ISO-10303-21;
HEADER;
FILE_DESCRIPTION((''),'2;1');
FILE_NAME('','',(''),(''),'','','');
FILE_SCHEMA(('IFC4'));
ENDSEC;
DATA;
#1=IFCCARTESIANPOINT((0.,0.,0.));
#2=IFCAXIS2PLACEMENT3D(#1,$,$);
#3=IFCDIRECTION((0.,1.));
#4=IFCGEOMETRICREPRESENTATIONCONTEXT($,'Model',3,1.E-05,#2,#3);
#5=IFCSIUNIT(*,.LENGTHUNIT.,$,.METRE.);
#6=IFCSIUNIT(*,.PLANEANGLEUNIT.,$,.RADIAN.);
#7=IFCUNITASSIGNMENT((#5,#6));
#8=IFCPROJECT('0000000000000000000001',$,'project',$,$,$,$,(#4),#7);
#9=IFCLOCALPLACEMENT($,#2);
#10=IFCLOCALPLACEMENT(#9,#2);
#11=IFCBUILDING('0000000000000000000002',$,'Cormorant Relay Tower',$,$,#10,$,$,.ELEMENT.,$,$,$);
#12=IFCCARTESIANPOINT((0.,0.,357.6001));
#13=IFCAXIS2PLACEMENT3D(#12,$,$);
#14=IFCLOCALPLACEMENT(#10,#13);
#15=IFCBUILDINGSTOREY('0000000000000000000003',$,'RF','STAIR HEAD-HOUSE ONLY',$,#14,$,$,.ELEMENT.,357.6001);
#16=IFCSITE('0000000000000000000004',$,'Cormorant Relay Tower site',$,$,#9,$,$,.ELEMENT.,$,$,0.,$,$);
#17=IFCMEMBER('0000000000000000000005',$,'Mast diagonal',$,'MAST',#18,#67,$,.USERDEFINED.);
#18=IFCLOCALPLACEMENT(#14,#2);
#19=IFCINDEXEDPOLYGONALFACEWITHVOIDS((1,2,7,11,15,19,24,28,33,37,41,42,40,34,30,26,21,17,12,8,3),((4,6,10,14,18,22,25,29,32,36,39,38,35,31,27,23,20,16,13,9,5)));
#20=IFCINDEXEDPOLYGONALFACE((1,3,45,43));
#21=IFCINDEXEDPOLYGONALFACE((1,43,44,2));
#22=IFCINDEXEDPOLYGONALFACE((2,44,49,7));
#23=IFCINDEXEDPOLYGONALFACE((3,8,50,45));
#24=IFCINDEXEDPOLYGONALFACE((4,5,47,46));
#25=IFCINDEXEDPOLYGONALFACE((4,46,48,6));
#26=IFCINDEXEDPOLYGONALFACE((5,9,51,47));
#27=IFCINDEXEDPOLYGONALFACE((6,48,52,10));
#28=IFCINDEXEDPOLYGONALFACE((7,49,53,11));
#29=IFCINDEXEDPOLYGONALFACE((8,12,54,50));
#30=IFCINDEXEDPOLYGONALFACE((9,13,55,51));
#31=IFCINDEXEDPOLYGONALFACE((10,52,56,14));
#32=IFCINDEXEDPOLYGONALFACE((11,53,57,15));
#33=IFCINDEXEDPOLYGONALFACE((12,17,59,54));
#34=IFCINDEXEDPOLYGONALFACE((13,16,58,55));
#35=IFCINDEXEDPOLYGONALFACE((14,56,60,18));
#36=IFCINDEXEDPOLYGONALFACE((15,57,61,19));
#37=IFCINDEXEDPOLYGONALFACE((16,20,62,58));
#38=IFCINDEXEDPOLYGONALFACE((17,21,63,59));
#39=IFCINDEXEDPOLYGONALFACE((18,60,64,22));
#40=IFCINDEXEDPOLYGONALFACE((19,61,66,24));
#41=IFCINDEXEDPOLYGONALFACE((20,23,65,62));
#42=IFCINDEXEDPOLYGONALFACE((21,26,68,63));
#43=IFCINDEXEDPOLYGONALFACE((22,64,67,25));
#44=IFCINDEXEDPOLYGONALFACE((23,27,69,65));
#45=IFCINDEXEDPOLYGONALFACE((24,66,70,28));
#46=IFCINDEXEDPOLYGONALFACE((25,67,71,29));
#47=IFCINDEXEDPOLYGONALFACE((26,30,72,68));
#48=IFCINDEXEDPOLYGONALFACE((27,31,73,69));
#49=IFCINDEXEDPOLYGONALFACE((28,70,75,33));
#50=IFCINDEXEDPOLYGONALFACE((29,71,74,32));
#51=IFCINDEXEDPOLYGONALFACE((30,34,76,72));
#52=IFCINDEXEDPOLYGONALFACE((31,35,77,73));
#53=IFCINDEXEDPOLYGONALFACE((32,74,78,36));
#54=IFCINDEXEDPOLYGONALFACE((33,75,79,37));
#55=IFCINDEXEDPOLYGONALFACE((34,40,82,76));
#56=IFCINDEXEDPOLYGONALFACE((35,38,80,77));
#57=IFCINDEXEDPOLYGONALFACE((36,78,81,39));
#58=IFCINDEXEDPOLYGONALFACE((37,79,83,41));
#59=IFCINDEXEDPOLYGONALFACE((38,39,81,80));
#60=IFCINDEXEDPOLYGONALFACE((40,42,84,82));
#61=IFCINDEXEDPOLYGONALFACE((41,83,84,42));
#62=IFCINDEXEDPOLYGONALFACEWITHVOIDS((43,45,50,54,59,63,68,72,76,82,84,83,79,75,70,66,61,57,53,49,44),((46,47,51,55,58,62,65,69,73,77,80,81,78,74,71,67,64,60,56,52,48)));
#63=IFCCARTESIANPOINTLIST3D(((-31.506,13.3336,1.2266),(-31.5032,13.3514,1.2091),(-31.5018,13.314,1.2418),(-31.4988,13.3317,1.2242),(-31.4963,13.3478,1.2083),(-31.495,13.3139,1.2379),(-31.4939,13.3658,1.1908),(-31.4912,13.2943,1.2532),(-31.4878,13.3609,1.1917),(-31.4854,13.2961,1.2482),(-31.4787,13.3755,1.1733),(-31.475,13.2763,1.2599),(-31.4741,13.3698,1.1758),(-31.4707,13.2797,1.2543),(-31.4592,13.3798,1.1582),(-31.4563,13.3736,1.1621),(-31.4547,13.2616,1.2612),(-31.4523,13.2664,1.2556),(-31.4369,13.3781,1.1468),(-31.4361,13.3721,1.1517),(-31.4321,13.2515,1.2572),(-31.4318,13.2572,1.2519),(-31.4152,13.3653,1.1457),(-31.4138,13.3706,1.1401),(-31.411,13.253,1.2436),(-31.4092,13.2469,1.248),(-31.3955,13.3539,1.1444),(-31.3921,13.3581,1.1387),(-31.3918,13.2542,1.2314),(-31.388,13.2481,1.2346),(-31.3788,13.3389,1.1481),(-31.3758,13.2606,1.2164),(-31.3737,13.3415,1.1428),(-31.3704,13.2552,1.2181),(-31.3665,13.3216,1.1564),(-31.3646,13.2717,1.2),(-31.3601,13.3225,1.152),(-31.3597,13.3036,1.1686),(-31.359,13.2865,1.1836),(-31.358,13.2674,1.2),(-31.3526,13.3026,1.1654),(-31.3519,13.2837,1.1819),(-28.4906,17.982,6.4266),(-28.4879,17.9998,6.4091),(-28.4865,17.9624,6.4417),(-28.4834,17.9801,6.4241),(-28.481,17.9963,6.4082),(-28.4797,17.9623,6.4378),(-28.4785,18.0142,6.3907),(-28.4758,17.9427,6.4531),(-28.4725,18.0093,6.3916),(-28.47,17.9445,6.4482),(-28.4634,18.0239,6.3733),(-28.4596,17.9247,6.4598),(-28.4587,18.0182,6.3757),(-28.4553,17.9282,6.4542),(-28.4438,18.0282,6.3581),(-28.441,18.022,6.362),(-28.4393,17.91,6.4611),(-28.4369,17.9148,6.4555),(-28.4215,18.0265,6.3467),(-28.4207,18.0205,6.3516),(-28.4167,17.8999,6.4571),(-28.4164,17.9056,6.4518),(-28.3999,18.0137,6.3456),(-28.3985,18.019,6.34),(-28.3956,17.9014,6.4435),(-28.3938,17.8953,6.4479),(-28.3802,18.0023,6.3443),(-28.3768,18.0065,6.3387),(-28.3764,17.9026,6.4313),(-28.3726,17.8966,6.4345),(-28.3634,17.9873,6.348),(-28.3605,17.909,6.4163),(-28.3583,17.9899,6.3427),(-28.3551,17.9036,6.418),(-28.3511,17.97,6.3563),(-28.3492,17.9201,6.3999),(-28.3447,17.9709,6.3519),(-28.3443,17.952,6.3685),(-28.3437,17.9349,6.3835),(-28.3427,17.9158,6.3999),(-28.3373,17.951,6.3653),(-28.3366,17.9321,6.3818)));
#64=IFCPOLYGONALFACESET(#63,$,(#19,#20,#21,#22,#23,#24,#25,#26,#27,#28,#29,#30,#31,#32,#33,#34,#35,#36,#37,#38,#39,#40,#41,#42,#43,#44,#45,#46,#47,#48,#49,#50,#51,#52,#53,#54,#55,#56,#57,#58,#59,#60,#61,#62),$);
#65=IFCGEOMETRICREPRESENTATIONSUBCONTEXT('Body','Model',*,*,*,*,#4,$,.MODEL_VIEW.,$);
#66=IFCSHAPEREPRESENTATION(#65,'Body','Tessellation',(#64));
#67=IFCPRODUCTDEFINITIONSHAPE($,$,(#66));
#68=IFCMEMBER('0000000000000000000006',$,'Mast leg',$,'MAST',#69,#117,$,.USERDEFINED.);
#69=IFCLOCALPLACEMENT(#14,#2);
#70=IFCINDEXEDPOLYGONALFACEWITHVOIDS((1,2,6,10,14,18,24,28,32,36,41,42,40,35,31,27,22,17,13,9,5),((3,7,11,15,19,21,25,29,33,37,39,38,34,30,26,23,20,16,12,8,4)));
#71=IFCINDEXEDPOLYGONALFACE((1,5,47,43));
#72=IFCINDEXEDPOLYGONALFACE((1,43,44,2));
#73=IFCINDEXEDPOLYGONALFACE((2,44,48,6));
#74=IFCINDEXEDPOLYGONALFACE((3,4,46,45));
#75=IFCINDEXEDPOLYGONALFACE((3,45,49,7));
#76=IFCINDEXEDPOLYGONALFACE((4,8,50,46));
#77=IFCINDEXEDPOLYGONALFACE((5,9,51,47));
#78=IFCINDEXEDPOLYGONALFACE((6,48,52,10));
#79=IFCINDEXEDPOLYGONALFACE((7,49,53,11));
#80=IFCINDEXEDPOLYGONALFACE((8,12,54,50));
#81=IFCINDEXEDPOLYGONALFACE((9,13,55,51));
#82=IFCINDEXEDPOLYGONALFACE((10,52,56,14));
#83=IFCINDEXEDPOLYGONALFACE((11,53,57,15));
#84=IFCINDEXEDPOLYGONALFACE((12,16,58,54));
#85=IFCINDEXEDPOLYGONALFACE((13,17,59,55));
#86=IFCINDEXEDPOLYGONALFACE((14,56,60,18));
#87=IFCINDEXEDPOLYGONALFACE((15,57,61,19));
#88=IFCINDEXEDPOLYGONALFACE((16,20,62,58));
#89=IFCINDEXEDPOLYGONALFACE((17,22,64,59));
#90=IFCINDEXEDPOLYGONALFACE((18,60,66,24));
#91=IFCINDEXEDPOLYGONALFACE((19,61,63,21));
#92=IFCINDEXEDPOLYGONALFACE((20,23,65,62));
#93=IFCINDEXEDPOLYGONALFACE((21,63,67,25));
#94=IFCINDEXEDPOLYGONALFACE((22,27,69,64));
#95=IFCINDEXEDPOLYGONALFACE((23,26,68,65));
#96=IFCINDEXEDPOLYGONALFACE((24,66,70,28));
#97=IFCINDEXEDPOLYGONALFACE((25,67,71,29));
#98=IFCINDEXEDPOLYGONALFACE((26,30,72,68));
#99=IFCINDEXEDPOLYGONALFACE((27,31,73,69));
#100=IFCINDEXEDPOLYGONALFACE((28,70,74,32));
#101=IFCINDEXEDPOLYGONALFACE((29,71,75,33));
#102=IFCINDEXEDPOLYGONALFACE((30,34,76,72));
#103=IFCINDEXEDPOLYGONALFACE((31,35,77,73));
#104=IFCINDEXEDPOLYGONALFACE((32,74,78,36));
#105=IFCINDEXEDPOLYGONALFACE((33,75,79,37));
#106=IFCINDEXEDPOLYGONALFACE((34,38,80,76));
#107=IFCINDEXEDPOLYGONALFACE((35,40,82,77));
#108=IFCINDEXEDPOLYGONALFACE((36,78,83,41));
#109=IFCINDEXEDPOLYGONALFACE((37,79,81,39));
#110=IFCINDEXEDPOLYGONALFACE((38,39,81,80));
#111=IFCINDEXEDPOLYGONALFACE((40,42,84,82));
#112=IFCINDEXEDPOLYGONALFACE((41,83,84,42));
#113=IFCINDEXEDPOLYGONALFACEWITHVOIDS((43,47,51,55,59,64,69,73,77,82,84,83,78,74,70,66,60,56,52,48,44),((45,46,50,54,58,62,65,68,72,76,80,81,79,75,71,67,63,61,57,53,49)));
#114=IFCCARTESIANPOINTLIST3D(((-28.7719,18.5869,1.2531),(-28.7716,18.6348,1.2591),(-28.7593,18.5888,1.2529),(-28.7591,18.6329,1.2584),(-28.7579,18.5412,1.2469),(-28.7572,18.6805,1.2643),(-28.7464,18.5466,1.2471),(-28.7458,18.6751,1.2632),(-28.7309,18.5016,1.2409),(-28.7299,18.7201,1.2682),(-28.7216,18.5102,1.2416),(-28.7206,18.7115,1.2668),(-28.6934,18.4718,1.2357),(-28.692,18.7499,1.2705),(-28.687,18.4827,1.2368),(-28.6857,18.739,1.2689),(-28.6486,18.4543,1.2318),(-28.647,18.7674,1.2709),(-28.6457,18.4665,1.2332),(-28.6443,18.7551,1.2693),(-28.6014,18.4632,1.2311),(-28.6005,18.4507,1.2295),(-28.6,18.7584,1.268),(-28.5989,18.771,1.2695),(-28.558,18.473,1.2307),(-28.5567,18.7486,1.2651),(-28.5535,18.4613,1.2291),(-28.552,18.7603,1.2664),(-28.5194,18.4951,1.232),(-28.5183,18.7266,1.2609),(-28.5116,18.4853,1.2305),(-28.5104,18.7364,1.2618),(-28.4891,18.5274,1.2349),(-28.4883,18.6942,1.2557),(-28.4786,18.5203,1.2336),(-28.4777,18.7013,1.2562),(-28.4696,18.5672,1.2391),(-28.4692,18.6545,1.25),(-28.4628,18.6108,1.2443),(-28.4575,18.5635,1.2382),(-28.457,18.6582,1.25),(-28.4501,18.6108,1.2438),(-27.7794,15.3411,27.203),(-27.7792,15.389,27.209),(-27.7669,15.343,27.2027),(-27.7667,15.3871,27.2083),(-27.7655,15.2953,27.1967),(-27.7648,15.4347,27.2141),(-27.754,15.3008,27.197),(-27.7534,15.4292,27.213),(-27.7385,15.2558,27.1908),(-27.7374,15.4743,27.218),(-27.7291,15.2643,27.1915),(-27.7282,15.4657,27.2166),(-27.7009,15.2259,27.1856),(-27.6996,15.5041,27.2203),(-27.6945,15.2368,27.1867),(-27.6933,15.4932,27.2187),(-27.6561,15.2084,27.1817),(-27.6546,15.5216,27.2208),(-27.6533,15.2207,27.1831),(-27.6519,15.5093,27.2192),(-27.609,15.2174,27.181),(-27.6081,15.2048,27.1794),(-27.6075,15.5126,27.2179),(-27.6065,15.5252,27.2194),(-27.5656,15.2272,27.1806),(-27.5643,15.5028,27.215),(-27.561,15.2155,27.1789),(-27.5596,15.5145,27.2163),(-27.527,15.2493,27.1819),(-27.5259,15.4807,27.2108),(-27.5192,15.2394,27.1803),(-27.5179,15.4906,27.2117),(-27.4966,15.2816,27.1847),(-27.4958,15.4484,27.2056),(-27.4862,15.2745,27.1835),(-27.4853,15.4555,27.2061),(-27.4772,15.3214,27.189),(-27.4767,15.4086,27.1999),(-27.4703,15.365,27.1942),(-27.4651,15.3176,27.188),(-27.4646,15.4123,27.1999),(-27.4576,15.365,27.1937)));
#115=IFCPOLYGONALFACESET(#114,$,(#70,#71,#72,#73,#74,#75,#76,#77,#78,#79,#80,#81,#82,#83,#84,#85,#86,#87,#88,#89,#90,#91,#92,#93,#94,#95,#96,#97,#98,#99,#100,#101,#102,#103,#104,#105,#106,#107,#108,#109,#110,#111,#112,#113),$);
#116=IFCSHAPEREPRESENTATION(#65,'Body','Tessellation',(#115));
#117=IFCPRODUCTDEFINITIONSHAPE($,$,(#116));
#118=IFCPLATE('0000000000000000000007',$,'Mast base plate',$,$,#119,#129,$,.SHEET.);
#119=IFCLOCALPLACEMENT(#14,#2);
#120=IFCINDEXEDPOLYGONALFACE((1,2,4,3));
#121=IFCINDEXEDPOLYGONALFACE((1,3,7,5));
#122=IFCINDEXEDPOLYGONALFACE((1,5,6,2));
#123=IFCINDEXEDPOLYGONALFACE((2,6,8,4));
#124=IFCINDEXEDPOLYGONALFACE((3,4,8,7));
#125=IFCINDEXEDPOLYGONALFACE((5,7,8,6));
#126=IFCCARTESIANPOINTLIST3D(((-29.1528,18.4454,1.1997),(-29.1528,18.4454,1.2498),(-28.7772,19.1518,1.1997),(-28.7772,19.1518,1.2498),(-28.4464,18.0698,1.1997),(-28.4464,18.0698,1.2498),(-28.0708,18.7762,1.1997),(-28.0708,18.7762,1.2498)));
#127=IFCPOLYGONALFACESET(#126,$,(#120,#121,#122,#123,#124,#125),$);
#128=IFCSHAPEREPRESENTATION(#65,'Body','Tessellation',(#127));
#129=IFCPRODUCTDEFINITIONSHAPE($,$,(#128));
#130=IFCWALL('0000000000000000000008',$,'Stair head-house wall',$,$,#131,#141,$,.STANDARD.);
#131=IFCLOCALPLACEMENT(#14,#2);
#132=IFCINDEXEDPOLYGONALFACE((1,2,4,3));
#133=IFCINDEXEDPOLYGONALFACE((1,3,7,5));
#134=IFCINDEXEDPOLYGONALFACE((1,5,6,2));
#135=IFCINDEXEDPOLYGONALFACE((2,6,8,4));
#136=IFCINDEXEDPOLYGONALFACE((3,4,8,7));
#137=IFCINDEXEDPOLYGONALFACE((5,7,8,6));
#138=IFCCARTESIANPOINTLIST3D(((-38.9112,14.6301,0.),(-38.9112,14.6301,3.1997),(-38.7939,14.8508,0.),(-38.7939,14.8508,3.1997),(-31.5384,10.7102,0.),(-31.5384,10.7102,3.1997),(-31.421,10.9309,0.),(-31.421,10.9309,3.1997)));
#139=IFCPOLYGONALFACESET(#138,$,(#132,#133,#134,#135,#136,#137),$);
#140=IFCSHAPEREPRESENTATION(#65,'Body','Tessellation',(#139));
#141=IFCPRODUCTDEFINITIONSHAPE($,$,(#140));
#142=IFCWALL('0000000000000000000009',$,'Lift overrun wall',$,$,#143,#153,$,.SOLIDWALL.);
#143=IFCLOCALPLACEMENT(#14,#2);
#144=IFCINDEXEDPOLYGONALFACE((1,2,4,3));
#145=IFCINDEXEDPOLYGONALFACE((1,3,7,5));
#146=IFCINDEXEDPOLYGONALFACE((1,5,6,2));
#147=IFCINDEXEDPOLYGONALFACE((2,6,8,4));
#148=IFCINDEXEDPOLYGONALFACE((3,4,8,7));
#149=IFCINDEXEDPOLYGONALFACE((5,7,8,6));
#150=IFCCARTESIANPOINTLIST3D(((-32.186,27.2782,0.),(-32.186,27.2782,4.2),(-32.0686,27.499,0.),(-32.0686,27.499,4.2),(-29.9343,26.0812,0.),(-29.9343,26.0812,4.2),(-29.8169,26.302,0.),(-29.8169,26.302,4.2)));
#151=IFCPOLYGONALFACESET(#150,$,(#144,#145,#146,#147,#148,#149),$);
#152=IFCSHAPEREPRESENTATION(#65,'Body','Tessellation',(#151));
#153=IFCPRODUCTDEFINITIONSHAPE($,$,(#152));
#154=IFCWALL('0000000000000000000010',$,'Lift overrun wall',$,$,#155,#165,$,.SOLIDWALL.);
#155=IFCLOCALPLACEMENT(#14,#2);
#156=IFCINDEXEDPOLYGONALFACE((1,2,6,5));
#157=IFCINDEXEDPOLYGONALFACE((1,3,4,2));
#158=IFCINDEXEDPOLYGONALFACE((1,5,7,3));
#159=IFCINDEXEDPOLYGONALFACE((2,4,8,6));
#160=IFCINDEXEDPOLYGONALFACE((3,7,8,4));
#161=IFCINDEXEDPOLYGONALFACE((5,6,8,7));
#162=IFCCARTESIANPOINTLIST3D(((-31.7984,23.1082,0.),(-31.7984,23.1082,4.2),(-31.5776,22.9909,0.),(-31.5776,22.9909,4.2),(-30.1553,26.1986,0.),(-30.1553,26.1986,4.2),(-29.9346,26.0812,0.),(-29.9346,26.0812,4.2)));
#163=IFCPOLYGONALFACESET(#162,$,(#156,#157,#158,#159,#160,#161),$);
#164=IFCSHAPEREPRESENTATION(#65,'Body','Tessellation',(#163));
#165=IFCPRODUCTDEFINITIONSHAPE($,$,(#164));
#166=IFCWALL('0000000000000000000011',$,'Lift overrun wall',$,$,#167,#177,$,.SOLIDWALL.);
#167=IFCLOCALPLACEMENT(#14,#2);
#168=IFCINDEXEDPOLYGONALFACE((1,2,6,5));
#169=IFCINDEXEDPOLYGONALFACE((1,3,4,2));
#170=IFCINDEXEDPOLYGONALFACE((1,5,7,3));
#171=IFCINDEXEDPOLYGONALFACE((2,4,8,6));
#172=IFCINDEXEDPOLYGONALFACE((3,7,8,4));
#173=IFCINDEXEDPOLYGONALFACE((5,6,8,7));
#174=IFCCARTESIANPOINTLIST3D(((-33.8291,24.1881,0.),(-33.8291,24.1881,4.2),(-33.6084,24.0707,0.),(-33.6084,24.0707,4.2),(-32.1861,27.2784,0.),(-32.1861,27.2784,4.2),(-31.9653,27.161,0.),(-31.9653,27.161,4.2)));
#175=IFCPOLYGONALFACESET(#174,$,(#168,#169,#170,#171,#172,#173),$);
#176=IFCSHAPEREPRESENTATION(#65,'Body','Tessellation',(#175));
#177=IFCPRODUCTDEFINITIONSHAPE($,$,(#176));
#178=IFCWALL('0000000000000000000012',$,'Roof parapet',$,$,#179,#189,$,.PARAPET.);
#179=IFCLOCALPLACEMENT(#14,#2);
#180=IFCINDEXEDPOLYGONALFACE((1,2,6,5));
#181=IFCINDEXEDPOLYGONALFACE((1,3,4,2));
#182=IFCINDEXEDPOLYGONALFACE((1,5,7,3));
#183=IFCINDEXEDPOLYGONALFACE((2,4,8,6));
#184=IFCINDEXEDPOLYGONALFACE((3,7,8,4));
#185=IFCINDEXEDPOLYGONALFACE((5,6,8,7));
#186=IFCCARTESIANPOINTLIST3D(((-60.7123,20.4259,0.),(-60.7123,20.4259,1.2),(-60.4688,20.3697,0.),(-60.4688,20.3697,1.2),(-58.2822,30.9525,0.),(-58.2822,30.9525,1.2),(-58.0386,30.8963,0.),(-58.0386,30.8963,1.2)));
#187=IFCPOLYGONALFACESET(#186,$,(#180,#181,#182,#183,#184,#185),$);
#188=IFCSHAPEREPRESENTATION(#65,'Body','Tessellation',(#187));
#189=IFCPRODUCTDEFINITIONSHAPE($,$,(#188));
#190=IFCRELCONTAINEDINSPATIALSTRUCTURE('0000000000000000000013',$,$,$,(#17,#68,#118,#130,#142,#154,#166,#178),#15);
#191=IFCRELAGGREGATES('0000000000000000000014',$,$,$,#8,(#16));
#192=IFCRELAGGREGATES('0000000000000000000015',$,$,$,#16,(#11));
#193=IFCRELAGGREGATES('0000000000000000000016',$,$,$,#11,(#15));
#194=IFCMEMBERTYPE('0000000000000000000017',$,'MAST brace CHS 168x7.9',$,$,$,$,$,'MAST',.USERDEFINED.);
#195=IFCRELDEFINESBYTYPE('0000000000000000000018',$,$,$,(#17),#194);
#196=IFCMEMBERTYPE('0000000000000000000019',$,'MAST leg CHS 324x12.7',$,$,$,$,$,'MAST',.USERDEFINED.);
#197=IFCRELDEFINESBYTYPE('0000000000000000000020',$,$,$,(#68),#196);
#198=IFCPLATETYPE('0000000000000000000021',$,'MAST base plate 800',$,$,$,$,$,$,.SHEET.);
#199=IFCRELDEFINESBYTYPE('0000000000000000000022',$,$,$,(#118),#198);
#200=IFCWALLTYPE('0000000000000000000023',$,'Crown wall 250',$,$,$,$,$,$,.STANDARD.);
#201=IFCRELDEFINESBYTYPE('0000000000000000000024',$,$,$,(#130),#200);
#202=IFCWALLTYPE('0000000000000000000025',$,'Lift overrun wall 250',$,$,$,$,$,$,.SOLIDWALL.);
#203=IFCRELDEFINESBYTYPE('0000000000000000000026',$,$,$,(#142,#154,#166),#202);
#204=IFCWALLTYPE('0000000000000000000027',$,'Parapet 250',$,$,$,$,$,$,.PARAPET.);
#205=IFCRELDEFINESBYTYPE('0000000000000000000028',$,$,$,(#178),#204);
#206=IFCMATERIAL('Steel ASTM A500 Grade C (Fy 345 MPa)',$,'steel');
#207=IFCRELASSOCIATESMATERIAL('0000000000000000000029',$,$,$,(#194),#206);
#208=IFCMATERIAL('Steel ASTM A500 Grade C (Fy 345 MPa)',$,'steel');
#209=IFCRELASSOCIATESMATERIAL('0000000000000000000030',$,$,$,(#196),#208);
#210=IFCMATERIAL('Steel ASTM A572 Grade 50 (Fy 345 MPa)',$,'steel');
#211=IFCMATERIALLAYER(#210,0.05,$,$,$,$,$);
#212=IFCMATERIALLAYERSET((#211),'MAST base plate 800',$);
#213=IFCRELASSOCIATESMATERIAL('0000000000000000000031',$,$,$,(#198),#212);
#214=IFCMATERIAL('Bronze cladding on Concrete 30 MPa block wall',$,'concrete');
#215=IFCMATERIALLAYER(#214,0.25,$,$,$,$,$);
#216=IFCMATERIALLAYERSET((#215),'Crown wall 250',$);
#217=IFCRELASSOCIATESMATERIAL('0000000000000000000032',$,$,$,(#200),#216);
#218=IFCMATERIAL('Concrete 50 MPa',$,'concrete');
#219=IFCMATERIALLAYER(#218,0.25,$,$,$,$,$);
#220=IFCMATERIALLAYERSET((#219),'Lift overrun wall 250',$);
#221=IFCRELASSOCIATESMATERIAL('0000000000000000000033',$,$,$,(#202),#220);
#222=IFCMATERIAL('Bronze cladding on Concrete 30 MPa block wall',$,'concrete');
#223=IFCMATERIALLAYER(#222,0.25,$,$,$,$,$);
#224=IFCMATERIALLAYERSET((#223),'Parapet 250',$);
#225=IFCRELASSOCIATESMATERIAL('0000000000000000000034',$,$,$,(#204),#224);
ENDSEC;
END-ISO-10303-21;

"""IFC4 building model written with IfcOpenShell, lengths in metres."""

from ifc_helpers import new_model, si_unit, direction, frame, frame_2d, origin, origin_2d, place, context, subcontext, project, spatial, rectangle, hollow_circle, extrude, material, layer, layer_set, material_profile, profile_set, type_object, element, save


model = new_model("IFC4")

# Units and contexts
model_context = context("Model", 3, precision=1e-05, world=origin(), true_north=direction((0.0, 1.0)))
body_context = subcontext(model_context, "Body", "Model", "MODEL_VIEW")
ifc_project = project(units=[si_unit("LENGTHUNIT", "METRE"), si_unit("PLANEANGLEUNIT", "RADIAN")], contexts=[model_context])

# Site, building, storey
site_placement = place(None, origin())
site = spatial("IfcSite", under=ifc_project, at=site_placement, Name="Cormorant Relay Tower site", CompositionType="ELEMENT", RefElevation=0.0)
building_placement = place(site_placement, origin())
building = spatial("IfcBuilding", under=site, at=building_placement, Name="Cormorant Relay Tower", CompositionType="ELEMENT")
storey_placement = place(building_placement, frame((0.0, 0.0, 357.6001)))
storey = spatial("IfcBuildingStorey", under=building, at=storey_placement, Name="RF", Description="STAIR HEAD-HOUSE ONLY", CompositionType="ELEMENT", Elevation=357.6001)

# Members
ifc_material_1 = material(Name="Steel ASTM A500 Grade C (Fy 345 MPa)", Category="steel")
ifc_material_profile_1 = material_profile(ifc_material_1, hollow_circle(Radius=0.0842, WallThickness=0.0078, at=origin_2d()), Name="CHS 168x7.9")
ifc_profile_set_1 = profile_set([ifc_material_profile_1], Name="Steel ASTM A500 Grade C (Fy 345 MPa)")
member_type_1 = type_object("IfcMemberType", Name="MAST brace CHS 168x7.9", ElementType="MAST", PredefinedType="USERDEFINED", material=ifc_profile_set_1)
member_1_placement = place(storey_placement, frame((-28.4133, 17.9617, 6.3999), z_axis=(-0.396829, -0.611743, -0.684323), x_axis=(0.838947, -0.544214, 0.0)))
element("IfcMember", 1, at=member_1_placement, inside=storey, type_object=member_type_1, Name="Mast diagonal", ObjectType="MAST", PredefinedType="USERDEFINED", context=body_context, shape_type="SweptSolid", body=[
    extrude(hollow_circle(Radius=0.0842, WallThickness=0.0078, at=origin_2d()), origin(), (0.0, 0.0, 1.0), 7.5986),
])
ifc_material_2 = material(Name="Steel ASTM A500 Grade C (Fy 345 MPa)", Category="steel")
ifc_material_profile_2 = material_profile(ifc_material_2, hollow_circle(Radius=0.1619, WallThickness=0.0127, at=origin_2d()), Name="CHS 324x12.7")
ifc_profile_set_2 = profile_set([ifc_material_profile_2], Name="Steel ASTM A500 Grade C (Fy 345 MPa)")
member_type_2 = type_object("IfcMemberType", Name="MAST leg CHS 324x12.7", ElementType="MAST", PredefinedType="USERDEFINED", material=ifc_profile_set_2)
member_2_placement = place(storey_placement, frame((-28.6118, 18.6108, 1.25), z_axis=(0.037921, -0.124025, 0.991554), x_axis=(0.956299, 0.292392, 0.0)))
element("IfcMember", 2, at=member_2_placement, inside=storey, type_object=member_type_2, Name="Mast leg", ObjectType="MAST", PredefinedType="USERDEFINED", context=body_context, shape_type="SweptSolid", body=[
    extrude(hollow_circle(Radius=0.1619, WallThickness=0.0127, at=origin_2d()), origin(), (0.0, 0.0, 1.0), 26.1709),
])

# Plate
ifc_material_3 = material(Name="Steel ASTM A572 Grade 50 (Fy 345 MPa)", Category="steel")
ifc_layer_1 = layer(ifc_material_3, 0.05)
ifc_layer_set_1 = layer_set([ifc_layer_1], Name="MAST base plate 800")
plate_type = type_object("IfcPlateType", Name="MAST base plate 800", PredefinedType="SHEET", material=ifc_layer_set_1)
plate_placement = place(storey_placement, frame((-28.6118, 18.6108, 1.1997), z_axis=(0.0, 0.0, 1.0), x_axis=(-0.882948, 0.469472, 0.0)))
element("IfcPlate", 3, at=plate_placement, inside=storey, type_object=plate_type, Name="Mast base plate", PredefinedType="SHEET", context=body_context, shape_type="SweptSolid", body=[
    extrude(rectangle(XDim=0.8, YDim=0.8, at=origin_2d()), origin(), (0.0, 0.0, 1.0), 0.05),
])

# Walls
ifc_material_4 = material(Name="Bronze cladding on Concrete 30 MPa block wall", Category="concrete")
ifc_layer_2 = layer(ifc_material_4, 0.25)
ifc_layer_set_2 = layer_set([ifc_layer_2], Name="Crown wall 250")
wall_type_1 = type_object("IfcWallType", Name="Crown wall 250", PredefinedType="STANDARD", material=ifc_layer_set_2)
wall_1_placement = place(storey_placement, frame((-38.8525, 14.7405, 0.0), z_axis=(0.0, 0.0, 1.0), x_axis=(0.882961, -0.469447, 0.0)))
element("IfcWall", 4, at=wall_1_placement, inside=storey, type_object=wall_type_1, Name="Stair head-house wall", PredefinedType="STANDARD", context=body_context, shape_type="SweptSolid", body=[
    extrude(rectangle(XDim=8.3501, YDim=0.25, at=frame_2d((4.175, 0.0))), origin(), (0.0, 0.0, 1.0), 3.1997),
])
ifc_material_5 = material(Name="Concrete 50 MPa", Category="concrete")
ifc_layer_3 = layer(ifc_material_5, 0.25)
ifc_layer_set_3 = layer_set([ifc_layer_3], Name="Lift overrun wall 250")
wall_type_2 = type_object("IfcWallType", Name="Lift overrun wall 250", PredefinedType="SOLIDWALL", material=ifc_layer_set_3)
wall_2_placement = place(storey_placement, frame((-29.8757, 26.1917, 0.0), z_axis=(0.0, 0.0, 1.0), x_axis=(-0.882986, 0.4694, 0.0)))
element("IfcWall", 5, at=wall_2_placement, inside=storey, type_object=wall_type_2, Name="Lift overrun wall", PredefinedType="SOLIDWALL", context=body_context, shape_type="SweptSolid", body=[
    extrude(rectangle(XDim=2.55, YDim=0.25, at=frame_2d((1.2749, 0.0))), origin(), (0.0, 0.0, 1.0), 4.2),
])

# Walls
for number, where, z_axis, x_axis, name in (
    (6, (-30.0449, 26.1399, 0.0), (0.0, 0.0, 1.0), (-0.469451, -0.882959, 0.0), "Lift overrun wall"),
    (7, (-32.0757, 27.2197, 0.0), (0.0, 0.0, 1.0), (-0.469451, -0.882959, 0.0), "Lift overrun wall"),
):
    element("IfcWall", number, at=place(storey_placement, frame(where, z_axis=z_axis, x_axis=x_axis)), inside=storey, type_object=wall_type_2, Name=name, PredefinedType="SOLIDWALL", context=body_context, shape_type="SweptSolid", body=[
        extrude(rectangle(XDim=3.5, YDim=0.25, at=frame_2d((1.75, 0.0))), origin(), (0.0, 0.0, 1.0), 4.2),
    ])
ifc_material_6 = material(Name="Bronze cladding on Concrete 30 MPa block wall", Category="concrete")
ifc_layer_4 = layer(ifc_material_6, 0.25)
ifc_layer_set_4 = layer_set([ifc_layer_4], Name="Parapet 250")
wall_type_3 = type_object("IfcWallType", Name="Parapet 250", PredefinedType="PARAPET", material=ifc_layer_set_4)
for number, where, z_axis, x_axis, name in (
    (8, (-60.5906, 20.3977, 0.0), (0.0, 0.0, 1.0), (0.224944, 0.974372, 0.0), "Roof parapet"),
):
    element("IfcWall", number, at=place(storey_placement, frame(where, z_axis=z_axis, x_axis=x_axis)), inside=storey, type_object=wall_type_3, Name=name, PredefinedType="PARAPET", context=body_context, shape_type="SweptSolid", body=[
        extrude(rectangle(XDim=10.8035, YDim=0.25, at=frame_2d((5.4019, 0.0))), origin(), (0.0, 0.0, 1.0), 1.2),
    ])

save(model, "model.ifc")
